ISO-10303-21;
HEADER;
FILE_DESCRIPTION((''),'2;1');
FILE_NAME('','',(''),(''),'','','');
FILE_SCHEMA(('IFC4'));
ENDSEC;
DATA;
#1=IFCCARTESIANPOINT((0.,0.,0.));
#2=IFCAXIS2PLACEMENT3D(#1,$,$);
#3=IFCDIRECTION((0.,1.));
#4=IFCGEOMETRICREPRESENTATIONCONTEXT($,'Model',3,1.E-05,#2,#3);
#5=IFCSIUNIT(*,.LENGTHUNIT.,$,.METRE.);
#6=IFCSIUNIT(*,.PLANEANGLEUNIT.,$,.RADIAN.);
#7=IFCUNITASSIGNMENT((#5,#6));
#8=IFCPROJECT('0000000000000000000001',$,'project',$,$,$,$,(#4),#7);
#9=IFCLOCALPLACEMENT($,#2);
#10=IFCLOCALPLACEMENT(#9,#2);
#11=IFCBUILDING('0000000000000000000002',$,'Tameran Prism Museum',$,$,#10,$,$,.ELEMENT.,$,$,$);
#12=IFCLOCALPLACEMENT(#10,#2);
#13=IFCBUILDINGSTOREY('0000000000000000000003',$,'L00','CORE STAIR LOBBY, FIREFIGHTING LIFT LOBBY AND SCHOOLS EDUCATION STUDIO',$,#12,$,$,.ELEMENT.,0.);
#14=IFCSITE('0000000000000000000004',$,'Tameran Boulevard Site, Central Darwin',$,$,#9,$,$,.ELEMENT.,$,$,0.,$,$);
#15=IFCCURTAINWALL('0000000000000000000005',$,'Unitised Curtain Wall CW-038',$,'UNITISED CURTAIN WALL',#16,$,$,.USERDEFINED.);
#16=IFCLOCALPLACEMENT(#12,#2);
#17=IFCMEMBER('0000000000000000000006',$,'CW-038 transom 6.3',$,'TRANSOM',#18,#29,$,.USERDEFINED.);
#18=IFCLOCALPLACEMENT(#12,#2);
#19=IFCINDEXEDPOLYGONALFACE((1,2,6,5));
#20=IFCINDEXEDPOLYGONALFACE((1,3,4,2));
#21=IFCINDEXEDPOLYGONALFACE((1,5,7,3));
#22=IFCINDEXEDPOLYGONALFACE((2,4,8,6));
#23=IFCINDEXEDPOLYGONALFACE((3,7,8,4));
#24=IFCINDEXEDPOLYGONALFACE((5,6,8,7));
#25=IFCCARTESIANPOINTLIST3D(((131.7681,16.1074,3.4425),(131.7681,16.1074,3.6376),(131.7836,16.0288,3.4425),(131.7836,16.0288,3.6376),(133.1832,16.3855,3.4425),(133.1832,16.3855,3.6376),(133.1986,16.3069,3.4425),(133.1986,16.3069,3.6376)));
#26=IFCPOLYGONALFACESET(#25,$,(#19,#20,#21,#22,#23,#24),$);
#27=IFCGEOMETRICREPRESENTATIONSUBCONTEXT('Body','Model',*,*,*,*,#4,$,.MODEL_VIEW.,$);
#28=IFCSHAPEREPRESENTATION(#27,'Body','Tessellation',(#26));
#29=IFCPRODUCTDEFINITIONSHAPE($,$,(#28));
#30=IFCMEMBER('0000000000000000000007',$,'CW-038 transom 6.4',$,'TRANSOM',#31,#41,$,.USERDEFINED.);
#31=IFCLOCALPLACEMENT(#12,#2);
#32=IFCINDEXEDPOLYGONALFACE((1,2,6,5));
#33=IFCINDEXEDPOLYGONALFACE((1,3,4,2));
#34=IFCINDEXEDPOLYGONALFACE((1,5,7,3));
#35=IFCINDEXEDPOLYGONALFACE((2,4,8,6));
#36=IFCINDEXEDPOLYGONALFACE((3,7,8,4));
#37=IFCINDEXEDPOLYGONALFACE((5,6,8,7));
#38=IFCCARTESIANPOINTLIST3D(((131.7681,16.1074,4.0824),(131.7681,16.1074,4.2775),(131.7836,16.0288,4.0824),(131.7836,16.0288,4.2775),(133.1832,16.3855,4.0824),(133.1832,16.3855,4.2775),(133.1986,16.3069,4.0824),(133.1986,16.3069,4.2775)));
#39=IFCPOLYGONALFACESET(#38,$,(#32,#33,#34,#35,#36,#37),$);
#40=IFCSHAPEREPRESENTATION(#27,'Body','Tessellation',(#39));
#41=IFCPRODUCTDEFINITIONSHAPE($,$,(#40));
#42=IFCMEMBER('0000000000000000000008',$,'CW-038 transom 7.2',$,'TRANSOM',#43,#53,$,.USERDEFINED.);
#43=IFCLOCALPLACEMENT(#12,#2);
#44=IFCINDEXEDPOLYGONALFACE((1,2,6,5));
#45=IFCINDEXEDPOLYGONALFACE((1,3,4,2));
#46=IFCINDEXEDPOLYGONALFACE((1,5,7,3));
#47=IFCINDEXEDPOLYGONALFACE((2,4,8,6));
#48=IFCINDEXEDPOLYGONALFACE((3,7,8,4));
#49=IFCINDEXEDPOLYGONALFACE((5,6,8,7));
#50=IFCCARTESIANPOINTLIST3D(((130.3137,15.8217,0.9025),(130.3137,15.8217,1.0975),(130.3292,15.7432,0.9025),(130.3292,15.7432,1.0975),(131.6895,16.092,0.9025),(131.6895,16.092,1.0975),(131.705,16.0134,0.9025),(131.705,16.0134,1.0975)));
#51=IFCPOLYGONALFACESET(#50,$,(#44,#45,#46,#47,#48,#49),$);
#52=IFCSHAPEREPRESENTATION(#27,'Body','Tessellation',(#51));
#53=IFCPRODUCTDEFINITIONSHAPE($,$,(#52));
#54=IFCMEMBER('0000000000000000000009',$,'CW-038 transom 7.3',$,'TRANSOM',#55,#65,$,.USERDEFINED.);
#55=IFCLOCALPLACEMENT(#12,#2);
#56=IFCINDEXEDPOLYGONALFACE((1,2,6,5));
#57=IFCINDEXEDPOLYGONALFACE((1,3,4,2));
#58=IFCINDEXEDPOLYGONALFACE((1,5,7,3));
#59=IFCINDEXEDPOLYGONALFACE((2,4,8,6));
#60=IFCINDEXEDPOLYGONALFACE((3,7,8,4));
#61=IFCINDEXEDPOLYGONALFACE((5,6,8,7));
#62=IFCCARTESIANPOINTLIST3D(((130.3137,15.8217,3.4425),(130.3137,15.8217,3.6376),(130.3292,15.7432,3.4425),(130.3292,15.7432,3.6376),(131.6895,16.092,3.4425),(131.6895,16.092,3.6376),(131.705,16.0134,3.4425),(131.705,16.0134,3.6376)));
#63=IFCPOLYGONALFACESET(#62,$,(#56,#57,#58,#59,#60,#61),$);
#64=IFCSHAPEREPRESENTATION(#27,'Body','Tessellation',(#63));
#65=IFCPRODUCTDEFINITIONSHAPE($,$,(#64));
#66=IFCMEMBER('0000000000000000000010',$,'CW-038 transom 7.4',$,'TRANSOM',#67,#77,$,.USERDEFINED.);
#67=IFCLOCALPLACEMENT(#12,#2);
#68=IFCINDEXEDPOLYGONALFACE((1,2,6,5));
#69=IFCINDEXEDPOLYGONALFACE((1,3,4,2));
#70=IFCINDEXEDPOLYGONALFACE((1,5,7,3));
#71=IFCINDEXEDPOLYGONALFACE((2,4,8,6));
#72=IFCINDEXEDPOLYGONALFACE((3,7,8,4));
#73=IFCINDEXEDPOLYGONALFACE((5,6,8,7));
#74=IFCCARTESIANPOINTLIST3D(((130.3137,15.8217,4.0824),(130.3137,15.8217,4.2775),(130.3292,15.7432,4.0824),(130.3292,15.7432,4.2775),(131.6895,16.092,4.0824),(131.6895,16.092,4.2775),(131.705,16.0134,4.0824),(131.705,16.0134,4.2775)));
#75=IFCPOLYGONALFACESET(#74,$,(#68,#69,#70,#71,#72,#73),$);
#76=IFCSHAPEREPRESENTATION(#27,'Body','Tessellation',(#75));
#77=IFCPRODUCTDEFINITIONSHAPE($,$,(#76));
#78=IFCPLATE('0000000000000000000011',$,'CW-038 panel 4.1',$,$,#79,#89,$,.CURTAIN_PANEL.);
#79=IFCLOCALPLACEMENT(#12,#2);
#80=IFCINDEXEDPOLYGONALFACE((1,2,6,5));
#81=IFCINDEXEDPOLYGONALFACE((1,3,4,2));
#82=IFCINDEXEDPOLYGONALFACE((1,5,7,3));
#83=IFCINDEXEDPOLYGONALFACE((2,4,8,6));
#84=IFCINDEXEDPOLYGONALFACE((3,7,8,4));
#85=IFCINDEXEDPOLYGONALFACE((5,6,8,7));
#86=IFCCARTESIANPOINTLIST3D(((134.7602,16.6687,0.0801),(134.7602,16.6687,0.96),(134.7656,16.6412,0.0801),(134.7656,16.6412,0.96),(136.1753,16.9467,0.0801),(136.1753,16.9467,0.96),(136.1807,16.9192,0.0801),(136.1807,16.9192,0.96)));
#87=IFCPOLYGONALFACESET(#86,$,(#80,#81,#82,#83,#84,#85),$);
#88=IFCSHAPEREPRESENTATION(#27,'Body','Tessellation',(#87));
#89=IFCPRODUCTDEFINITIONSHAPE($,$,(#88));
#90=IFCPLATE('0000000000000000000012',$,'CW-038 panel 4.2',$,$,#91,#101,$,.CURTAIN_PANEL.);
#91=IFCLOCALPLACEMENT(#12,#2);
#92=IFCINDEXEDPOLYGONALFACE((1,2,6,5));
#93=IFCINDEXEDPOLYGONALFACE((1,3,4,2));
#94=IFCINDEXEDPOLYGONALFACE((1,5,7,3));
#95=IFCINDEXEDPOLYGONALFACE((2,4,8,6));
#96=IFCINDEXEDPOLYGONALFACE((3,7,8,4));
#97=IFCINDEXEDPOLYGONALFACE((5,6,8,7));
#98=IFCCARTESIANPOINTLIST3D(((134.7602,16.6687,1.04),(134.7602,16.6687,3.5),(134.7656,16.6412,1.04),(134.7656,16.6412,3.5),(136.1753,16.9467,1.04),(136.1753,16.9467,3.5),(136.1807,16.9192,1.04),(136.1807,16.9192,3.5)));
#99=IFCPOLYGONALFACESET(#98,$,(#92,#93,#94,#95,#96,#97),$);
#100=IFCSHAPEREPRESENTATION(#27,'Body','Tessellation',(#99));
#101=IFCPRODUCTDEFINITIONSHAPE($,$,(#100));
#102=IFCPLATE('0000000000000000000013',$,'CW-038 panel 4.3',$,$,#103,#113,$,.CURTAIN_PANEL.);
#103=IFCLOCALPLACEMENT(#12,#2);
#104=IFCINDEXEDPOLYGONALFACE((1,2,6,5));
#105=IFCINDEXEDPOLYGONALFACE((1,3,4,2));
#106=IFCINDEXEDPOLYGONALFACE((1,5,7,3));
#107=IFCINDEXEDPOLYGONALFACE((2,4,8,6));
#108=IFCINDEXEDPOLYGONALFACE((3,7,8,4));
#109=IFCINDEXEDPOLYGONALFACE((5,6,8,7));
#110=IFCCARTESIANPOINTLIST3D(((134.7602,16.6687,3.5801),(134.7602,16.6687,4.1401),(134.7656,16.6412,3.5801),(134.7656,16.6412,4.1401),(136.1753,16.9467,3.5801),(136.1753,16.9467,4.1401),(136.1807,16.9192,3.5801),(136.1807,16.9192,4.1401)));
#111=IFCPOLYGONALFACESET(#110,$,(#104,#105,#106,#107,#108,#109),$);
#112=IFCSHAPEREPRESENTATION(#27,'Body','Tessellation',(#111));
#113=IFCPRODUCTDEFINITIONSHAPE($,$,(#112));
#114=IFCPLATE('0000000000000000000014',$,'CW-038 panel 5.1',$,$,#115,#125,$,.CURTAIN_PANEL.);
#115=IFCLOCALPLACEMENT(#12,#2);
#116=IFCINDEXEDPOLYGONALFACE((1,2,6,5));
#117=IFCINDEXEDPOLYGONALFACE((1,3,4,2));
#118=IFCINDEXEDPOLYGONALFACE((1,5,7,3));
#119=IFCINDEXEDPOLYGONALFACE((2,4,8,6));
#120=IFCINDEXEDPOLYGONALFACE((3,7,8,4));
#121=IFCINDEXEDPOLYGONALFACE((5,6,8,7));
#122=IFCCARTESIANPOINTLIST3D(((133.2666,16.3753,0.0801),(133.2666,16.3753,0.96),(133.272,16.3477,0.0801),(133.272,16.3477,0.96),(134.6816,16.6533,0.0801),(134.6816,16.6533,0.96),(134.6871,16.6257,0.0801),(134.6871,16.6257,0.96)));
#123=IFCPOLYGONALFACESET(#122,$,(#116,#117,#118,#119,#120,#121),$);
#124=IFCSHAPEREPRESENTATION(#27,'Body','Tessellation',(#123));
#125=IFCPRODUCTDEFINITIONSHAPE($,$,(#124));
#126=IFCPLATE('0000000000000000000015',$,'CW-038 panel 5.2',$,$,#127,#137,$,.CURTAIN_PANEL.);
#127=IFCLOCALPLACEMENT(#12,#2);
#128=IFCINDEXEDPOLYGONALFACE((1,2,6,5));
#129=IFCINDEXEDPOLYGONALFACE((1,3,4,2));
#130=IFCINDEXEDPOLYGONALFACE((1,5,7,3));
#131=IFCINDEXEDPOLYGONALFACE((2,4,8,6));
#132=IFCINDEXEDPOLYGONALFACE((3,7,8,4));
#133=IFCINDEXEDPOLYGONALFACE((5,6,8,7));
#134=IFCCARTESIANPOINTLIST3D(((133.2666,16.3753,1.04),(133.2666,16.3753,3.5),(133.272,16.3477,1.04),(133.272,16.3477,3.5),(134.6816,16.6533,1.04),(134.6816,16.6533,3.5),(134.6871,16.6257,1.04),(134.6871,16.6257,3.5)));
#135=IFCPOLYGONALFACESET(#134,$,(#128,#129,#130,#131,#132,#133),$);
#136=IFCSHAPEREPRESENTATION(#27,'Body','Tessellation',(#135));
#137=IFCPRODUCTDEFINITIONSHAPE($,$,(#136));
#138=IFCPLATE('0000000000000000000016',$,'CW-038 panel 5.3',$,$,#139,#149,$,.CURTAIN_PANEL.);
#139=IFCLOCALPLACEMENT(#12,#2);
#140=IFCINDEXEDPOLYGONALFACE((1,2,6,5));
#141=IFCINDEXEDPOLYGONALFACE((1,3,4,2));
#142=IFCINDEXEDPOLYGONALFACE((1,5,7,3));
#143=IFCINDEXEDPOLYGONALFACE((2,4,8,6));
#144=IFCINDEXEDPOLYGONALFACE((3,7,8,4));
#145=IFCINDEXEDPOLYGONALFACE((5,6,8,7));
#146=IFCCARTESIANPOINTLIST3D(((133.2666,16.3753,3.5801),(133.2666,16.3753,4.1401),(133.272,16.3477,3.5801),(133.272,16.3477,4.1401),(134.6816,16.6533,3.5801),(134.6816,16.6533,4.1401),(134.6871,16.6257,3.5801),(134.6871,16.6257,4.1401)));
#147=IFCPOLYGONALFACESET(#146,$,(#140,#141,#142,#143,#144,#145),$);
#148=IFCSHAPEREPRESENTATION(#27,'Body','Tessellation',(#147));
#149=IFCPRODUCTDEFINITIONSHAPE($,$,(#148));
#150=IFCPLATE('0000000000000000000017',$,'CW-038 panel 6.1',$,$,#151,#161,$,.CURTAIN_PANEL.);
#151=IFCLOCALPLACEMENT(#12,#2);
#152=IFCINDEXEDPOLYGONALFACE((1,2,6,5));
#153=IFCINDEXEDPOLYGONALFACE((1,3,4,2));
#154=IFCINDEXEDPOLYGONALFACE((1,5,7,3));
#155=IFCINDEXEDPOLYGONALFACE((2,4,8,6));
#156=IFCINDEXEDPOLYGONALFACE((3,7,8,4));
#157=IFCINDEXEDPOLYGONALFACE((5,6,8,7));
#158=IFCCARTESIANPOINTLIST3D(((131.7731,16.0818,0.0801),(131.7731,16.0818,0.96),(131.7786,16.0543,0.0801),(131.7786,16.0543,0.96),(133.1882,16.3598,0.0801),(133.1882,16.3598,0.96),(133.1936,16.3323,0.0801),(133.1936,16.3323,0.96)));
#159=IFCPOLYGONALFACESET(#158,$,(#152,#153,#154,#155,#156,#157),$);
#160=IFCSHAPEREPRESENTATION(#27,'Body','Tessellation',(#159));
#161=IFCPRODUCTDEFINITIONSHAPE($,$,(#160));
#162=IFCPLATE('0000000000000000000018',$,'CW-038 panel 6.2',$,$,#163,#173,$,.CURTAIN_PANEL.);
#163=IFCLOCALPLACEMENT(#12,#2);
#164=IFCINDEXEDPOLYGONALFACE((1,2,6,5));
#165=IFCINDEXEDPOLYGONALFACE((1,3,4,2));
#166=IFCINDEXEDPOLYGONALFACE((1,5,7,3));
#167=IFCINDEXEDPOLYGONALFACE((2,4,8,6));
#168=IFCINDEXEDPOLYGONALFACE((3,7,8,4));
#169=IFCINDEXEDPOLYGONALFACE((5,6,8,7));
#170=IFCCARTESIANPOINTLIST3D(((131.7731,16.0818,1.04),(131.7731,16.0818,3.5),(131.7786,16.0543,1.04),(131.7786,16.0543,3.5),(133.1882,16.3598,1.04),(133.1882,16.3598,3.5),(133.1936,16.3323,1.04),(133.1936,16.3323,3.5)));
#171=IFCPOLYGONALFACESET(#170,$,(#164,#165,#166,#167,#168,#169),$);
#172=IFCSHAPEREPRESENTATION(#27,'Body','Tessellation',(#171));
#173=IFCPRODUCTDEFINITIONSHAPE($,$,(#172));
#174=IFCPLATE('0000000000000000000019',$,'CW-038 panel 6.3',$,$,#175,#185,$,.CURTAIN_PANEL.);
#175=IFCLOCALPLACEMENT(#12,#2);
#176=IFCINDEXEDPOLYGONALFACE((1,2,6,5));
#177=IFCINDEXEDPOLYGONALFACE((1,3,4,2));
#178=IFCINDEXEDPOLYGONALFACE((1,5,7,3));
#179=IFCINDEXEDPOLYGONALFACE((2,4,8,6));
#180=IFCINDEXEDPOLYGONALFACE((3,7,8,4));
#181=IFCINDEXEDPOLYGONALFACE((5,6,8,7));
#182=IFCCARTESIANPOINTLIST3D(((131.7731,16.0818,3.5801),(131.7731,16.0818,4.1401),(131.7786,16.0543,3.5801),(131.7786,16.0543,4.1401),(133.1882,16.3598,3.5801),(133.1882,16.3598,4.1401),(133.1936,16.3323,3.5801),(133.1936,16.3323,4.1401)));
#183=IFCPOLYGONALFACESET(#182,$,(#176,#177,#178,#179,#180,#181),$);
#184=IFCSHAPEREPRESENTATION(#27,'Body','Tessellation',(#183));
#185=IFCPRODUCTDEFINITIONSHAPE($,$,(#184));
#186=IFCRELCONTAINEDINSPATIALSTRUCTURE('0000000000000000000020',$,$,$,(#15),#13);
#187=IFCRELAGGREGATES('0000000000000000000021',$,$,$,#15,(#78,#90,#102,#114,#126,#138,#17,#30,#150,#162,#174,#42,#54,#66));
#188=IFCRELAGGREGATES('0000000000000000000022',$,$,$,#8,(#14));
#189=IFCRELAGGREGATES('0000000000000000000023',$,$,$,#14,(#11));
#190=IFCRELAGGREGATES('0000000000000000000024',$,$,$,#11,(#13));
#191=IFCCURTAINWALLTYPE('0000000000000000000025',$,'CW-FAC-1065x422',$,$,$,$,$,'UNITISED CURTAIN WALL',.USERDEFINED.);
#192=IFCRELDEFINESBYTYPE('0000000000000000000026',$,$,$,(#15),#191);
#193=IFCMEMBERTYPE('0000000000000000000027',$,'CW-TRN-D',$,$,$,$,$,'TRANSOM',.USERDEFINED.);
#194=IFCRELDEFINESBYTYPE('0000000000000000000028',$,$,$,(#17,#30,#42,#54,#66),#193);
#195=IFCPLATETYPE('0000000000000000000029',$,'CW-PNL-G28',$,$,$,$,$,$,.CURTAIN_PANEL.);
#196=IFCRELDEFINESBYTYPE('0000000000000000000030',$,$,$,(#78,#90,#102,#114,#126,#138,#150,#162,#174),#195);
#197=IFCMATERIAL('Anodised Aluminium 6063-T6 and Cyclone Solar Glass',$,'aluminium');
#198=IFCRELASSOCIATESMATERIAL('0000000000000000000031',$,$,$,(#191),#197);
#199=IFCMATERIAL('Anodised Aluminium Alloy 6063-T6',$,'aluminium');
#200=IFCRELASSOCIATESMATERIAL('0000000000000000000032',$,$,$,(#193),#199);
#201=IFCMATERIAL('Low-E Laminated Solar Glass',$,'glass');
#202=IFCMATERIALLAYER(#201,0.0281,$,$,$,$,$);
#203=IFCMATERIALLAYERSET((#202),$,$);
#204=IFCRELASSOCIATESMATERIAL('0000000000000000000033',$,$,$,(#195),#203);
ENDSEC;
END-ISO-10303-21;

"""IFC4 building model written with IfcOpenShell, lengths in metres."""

from ifc_helpers import new_model, si_unit, direction, frame, origin, origin_2d, place, context, subcontext, project, spatial, rectangle, extrude, material, layer, layer_set, material_profile, profile_set, type_object, element, aggregate, save


model = new_model("IFC4")

# Units and contexts
model_context = context("Model", 3, precision=1e-05, world=origin(), true_north=direction((0.0, 1.0)))
body_context = subcontext(model_context, "Body", "Model", "MODEL_VIEW")
ifc_project = project(units=[si_unit("LENGTHUNIT", "METRE"), si_unit("PLANEANGLEUNIT", "RADIAN")], contexts=[model_context])

# Site, building, storey
site_placement = place(None, origin())
site = spatial("IfcSite", under=ifc_project, at=site_placement, Name="Tameran Boulevard Site, Central Darwin", CompositionType="ELEMENT", RefElevation=0.0)
building_placement = place(site_placement, origin())
building = spatial("IfcBuilding", under=site, at=building_placement, Name="Tameran Prism Museum", CompositionType="ELEMENT")
storey_placement = place(building_placement, origin())
storey = spatial("IfcBuildingStorey", under=building, at=storey_placement, Name="L00", Description="CORE STAIR LOBBY, FIREFIGHTING LIFT LOBBY AND SCHOOLS EDUCATION STUDIO", CompositionType="ELEMENT", Elevation=0.0)

# Curtain wall, members, plates
ifc_material_1 = material(Name="Anodised Aluminium 6063-T6 and Cyclone Solar Glass", Category="aluminium")
curtain_wall_type = type_object("IfcCurtainWallType", Name="CW-FAC-1065x422", ElementType="UNITISED CURTAIN WALL", PredefinedType="USERDEFINED", material=ifc_material_1)
curtain_wall_placement = place(storey_placement, origin())
curtain_wall = element("IfcCurtainWall", 1, at=curtain_wall_placement, inside=storey, type_object=curtain_wall_type, Name="Unitised Curtain Wall CW-038", ObjectType="UNITISED CURTAIN WALL", PredefinedType="USERDEFINED")
ifc_material_2 = material(Name="Anodised Aluminium Alloy 6063-T6", Category="aluminium")
ifc_material_profile_1 = material_profile(ifc_material_2, rectangle(XDim=0.0801, YDim=0.1951, at=origin_2d()))
ifc_profile_set_1 = profile_set([ifc_material_profile_1])
member_type_1 = type_object("IfcMemberType", Name="CW-TRN-D", ElementType="TRANSOM", PredefinedType="USERDEFINED", material=ifc_profile_set_1)
member_1_placement = place(storey_placement, frame((133.1909, 16.3462, 3.54), z_axis=(-0.981233, -0.192827, 0.0), x_axis=(0.192827, -0.981233, 0.0)))
member_1 = element("IfcMember", 2, at=member_1_placement, type_object=member_type_1, Name="CW-038 transom 6.3", ObjectType="TRANSOM", PredefinedType="USERDEFINED", context=body_context, shape_type="SweptSolid", body=[
    extrude(rectangle(XDim=0.0801, YDim=0.1951, at=origin_2d()), origin(), (0.0, 0.0, 1.0), 1.4421),
])
member_2_placement = place(storey_placement, frame((133.1909, 16.3462, 4.1799), z_axis=(-0.981233, -0.192827, 0.0), x_axis=(0.192827, -0.981233, 0.0)))
member_2 = element("IfcMember", 3, at=member_2_placement, type_object=member_type_1, Name="CW-038 transom 6.4", ObjectType="TRANSOM", PredefinedType="USERDEFINED", context=body_context, shape_type="SweptSolid", body=[
    extrude(rectangle(XDim=0.0801, YDim=0.1951, at=origin_2d()), origin(), (0.0, 0.0, 1.0), 1.4421),
])
member_3_placement = place(storey_placement, frame((131.6973, 16.0527, 1.0), z_axis=(-0.981245, -0.192766, 0.0), x_axis=(0.192766, -0.981245, 0.0)))
member_3 = element("IfcMember", 4, at=member_3_placement, type_object=member_type_1, Name="CW-038 transom 7.2", ObjectType="TRANSOM", PredefinedType="USERDEFINED", context=body_context, shape_type="SweptSolid", body=[
    extrude(rectangle(XDim=0.0801, YDim=0.1951, at=origin_2d()), origin(), (0.0, 0.0, 1.0), 1.4021),
])
member_4_placement = place(storey_placement, frame((131.6973, 16.0527, 3.54), z_axis=(-0.981245, -0.192766, 0.0), x_axis=(0.192766, -0.981245, 0.0)))
member_4 = element("IfcMember", 5, at=member_4_placement, type_object=member_type_1, Name="CW-038 transom 7.3", ObjectType="TRANSOM", PredefinedType="USERDEFINED", context=body_context, shape_type="SweptSolid", body=[
    extrude(rectangle(XDim=0.0801, YDim=0.1951, at=origin_2d()), origin(), (0.0, 0.0, 1.0), 1.4021),
])
member_5_placement = place(storey_placement, frame((131.6973, 16.0527, 4.1799), z_axis=(-0.981245, -0.192766, 0.0), x_axis=(0.192766, -0.981245, 0.0)))
member_5 = element("IfcMember", 6, at=member_5_placement, type_object=member_type_1, Name="CW-038 transom 7.4", ObjectType="TRANSOM", PredefinedType="USERDEFINED", context=body_context, shape_type="SweptSolid", body=[
    extrude(rectangle(XDim=0.0801, YDim=0.1951, at=origin_2d()), origin(), (0.0, 0.0, 1.0), 1.4021),
])
ifc_material_3 = material(Name="Low-E Laminated Solar Glass", Category="glass")
ifc_layer = layer(ifc_material_3, 0.0281)
ifc_layer_set = layer_set([ifc_layer])
plate_type = type_object("IfcPlateType", Name="CW-PNL-G28", PredefinedType="CURTAIN_PANEL", material=ifc_layer_set)
plate_1_placement = place(storey_placement, frame((135.4705, 16.7939, 0.0801), z_axis=(0.0, 0.0, 1.0), x_axis=(-0.981243, -0.192776, 0.0)))
plate_1 = element("IfcPlate", 7, at=plate_1_placement, type_object=plate_type, Name="CW-038 panel 4.1", PredefinedType="CURTAIN_PANEL", context=body_context, shape_type="SweptSolid", body=[
    extrude(rectangle(XDim=1.4421, YDim=0.0281, at=origin_2d()), origin(), (0.0, 0.0, 1.0), 0.8799),
])
plate_2_placement = place(storey_placement, frame((135.4705, 16.7939, 1.04), z_axis=(0.0, 0.0, 1.0), x_axis=(-0.981243, -0.192776, 0.0)))
plate_2 = element("IfcPlate", 8, at=plate_2_placement, type_object=plate_type, Name="CW-038 panel 4.2", PredefinedType="CURTAIN_PANEL", context=body_context, shape_type="SweptSolid", body=[
    extrude(rectangle(XDim=1.4421, YDim=0.0281, at=origin_2d()), origin(), (0.0, 0.0, 1.0), 2.46),
])
plate_3_placement = place(storey_placement, frame((135.4705, 16.7939, 3.5801), z_axis=(0.0, 0.0, 1.0), x_axis=(-0.981243, -0.192776, 0.0)))
plate_3 = element("IfcPlate", 9, at=plate_3_placement, type_object=plate_type, Name="CW-038 panel 4.3", PredefinedType="CURTAIN_PANEL", context=body_context, shape_type="SweptSolid", body=[
    extrude(rectangle(XDim=1.4421, YDim=0.0281, at=origin_2d()), origin(), (0.0, 0.0, 1.0), 0.5601),
])
plate_4_placement = place(storey_placement, frame((133.9768, 16.5005, 0.0801), z_axis=(0.0, 0.0, 1.0), x_axis=(-0.981243, -0.192776, 0.0)))
plate_4 = element("IfcPlate", 10, at=plate_4_placement, type_object=plate_type, Name="CW-038 panel 5.1", PredefinedType="CURTAIN_PANEL", context=body_context, shape_type="SweptSolid", body=[
    extrude(rectangle(XDim=1.4421, YDim=0.0281, at=origin_2d()), origin(), (0.0, 0.0, 1.0), 0.8799),
])
plate_5_placement = place(storey_placement, frame((133.9768, 16.5005, 1.04), z_axis=(0.0, 0.0, 1.0), x_axis=(-0.981243, -0.192776, 0.0)))
plate_5 = element("IfcPlate", 11, at=plate_5_placement, type_object=plate_type, Name="CW-038 panel 5.2", PredefinedType="CURTAIN_PANEL", context=body_context, shape_type="SweptSolid", body=[
    extrude(rectangle(XDim=1.4421, YDim=0.0281, at=origin_2d()), origin(), (0.0, 0.0, 1.0), 2.46),
])
plate_6_placement = place(storey_placement, frame((133.9768, 16.5005, 3.5801), z_axis=(0.0, 0.0, 1.0), x_axis=(-0.981243, -0.192776, 0.0)))
plate_6 = element("IfcPlate", 12, at=plate_6_placement, type_object=plate_type, Name="CW-038 panel 5.3", PredefinedType="CURTAIN_PANEL", context=body_context, shape_type="SweptSolid", body=[
    extrude(rectangle(XDim=1.4421, YDim=0.0281, at=origin_2d()), origin(), (0.0, 0.0, 1.0), 0.5601),
])
plate_7_placement = place(storey_placement, frame((132.4834, 16.207, 0.0801), z_axis=(0.0, 0.0, 1.0), x_axis=(-0.981243, -0.192776, 0.0)))
plate_7 = element("IfcPlate", 13, at=plate_7_placement, type_object=plate_type, Name="CW-038 panel 6.1", PredefinedType="CURTAIN_PANEL", context=body_context, shape_type="SweptSolid", body=[
    extrude(rectangle(XDim=1.4421, YDim=0.0281, at=origin_2d()), origin(), (0.0, 0.0, 1.0), 0.8799),
])
plate_8_placement = place(storey_placement, frame((132.4834, 16.207, 1.04), z_axis=(0.0, 0.0, 1.0), x_axis=(-0.981243, -0.192776, 0.0)))
plate_8 = element("IfcPlate", 14, at=plate_8_placement, type_object=plate_type, Name="CW-038 panel 6.2", PredefinedType="CURTAIN_PANEL", context=body_context, shape_type="SweptSolid", body=[
    extrude(rectangle(XDim=1.4421, YDim=0.0281, at=origin_2d()), origin(), (0.0, 0.0, 1.0), 2.46),
])
plate_9_placement = place(storey_placement, frame((132.4834, 16.207, 3.5801), z_axis=(0.0, 0.0, 1.0), x_axis=(-0.981243, -0.192776, 0.0)))
plate_9 = element("IfcPlate", 15, at=plate_9_placement, type_object=plate_type, Name="CW-038 panel 6.3", PredefinedType="CURTAIN_PANEL", context=body_context, shape_type="SweptSolid", body=[
    extrude(rectangle(XDim=1.4421, YDim=0.0281, at=origin_2d()), origin(), (0.0, 0.0, 1.0), 0.5601),
])
aggregate(curtain_wall, [plate_1, plate_2, plate_3, plate_4, plate_5, plate_6, member_1, member_2, plate_7, plate_8, plate_9, member_3, member_4, member_5])

save(model, "model.ifc")
